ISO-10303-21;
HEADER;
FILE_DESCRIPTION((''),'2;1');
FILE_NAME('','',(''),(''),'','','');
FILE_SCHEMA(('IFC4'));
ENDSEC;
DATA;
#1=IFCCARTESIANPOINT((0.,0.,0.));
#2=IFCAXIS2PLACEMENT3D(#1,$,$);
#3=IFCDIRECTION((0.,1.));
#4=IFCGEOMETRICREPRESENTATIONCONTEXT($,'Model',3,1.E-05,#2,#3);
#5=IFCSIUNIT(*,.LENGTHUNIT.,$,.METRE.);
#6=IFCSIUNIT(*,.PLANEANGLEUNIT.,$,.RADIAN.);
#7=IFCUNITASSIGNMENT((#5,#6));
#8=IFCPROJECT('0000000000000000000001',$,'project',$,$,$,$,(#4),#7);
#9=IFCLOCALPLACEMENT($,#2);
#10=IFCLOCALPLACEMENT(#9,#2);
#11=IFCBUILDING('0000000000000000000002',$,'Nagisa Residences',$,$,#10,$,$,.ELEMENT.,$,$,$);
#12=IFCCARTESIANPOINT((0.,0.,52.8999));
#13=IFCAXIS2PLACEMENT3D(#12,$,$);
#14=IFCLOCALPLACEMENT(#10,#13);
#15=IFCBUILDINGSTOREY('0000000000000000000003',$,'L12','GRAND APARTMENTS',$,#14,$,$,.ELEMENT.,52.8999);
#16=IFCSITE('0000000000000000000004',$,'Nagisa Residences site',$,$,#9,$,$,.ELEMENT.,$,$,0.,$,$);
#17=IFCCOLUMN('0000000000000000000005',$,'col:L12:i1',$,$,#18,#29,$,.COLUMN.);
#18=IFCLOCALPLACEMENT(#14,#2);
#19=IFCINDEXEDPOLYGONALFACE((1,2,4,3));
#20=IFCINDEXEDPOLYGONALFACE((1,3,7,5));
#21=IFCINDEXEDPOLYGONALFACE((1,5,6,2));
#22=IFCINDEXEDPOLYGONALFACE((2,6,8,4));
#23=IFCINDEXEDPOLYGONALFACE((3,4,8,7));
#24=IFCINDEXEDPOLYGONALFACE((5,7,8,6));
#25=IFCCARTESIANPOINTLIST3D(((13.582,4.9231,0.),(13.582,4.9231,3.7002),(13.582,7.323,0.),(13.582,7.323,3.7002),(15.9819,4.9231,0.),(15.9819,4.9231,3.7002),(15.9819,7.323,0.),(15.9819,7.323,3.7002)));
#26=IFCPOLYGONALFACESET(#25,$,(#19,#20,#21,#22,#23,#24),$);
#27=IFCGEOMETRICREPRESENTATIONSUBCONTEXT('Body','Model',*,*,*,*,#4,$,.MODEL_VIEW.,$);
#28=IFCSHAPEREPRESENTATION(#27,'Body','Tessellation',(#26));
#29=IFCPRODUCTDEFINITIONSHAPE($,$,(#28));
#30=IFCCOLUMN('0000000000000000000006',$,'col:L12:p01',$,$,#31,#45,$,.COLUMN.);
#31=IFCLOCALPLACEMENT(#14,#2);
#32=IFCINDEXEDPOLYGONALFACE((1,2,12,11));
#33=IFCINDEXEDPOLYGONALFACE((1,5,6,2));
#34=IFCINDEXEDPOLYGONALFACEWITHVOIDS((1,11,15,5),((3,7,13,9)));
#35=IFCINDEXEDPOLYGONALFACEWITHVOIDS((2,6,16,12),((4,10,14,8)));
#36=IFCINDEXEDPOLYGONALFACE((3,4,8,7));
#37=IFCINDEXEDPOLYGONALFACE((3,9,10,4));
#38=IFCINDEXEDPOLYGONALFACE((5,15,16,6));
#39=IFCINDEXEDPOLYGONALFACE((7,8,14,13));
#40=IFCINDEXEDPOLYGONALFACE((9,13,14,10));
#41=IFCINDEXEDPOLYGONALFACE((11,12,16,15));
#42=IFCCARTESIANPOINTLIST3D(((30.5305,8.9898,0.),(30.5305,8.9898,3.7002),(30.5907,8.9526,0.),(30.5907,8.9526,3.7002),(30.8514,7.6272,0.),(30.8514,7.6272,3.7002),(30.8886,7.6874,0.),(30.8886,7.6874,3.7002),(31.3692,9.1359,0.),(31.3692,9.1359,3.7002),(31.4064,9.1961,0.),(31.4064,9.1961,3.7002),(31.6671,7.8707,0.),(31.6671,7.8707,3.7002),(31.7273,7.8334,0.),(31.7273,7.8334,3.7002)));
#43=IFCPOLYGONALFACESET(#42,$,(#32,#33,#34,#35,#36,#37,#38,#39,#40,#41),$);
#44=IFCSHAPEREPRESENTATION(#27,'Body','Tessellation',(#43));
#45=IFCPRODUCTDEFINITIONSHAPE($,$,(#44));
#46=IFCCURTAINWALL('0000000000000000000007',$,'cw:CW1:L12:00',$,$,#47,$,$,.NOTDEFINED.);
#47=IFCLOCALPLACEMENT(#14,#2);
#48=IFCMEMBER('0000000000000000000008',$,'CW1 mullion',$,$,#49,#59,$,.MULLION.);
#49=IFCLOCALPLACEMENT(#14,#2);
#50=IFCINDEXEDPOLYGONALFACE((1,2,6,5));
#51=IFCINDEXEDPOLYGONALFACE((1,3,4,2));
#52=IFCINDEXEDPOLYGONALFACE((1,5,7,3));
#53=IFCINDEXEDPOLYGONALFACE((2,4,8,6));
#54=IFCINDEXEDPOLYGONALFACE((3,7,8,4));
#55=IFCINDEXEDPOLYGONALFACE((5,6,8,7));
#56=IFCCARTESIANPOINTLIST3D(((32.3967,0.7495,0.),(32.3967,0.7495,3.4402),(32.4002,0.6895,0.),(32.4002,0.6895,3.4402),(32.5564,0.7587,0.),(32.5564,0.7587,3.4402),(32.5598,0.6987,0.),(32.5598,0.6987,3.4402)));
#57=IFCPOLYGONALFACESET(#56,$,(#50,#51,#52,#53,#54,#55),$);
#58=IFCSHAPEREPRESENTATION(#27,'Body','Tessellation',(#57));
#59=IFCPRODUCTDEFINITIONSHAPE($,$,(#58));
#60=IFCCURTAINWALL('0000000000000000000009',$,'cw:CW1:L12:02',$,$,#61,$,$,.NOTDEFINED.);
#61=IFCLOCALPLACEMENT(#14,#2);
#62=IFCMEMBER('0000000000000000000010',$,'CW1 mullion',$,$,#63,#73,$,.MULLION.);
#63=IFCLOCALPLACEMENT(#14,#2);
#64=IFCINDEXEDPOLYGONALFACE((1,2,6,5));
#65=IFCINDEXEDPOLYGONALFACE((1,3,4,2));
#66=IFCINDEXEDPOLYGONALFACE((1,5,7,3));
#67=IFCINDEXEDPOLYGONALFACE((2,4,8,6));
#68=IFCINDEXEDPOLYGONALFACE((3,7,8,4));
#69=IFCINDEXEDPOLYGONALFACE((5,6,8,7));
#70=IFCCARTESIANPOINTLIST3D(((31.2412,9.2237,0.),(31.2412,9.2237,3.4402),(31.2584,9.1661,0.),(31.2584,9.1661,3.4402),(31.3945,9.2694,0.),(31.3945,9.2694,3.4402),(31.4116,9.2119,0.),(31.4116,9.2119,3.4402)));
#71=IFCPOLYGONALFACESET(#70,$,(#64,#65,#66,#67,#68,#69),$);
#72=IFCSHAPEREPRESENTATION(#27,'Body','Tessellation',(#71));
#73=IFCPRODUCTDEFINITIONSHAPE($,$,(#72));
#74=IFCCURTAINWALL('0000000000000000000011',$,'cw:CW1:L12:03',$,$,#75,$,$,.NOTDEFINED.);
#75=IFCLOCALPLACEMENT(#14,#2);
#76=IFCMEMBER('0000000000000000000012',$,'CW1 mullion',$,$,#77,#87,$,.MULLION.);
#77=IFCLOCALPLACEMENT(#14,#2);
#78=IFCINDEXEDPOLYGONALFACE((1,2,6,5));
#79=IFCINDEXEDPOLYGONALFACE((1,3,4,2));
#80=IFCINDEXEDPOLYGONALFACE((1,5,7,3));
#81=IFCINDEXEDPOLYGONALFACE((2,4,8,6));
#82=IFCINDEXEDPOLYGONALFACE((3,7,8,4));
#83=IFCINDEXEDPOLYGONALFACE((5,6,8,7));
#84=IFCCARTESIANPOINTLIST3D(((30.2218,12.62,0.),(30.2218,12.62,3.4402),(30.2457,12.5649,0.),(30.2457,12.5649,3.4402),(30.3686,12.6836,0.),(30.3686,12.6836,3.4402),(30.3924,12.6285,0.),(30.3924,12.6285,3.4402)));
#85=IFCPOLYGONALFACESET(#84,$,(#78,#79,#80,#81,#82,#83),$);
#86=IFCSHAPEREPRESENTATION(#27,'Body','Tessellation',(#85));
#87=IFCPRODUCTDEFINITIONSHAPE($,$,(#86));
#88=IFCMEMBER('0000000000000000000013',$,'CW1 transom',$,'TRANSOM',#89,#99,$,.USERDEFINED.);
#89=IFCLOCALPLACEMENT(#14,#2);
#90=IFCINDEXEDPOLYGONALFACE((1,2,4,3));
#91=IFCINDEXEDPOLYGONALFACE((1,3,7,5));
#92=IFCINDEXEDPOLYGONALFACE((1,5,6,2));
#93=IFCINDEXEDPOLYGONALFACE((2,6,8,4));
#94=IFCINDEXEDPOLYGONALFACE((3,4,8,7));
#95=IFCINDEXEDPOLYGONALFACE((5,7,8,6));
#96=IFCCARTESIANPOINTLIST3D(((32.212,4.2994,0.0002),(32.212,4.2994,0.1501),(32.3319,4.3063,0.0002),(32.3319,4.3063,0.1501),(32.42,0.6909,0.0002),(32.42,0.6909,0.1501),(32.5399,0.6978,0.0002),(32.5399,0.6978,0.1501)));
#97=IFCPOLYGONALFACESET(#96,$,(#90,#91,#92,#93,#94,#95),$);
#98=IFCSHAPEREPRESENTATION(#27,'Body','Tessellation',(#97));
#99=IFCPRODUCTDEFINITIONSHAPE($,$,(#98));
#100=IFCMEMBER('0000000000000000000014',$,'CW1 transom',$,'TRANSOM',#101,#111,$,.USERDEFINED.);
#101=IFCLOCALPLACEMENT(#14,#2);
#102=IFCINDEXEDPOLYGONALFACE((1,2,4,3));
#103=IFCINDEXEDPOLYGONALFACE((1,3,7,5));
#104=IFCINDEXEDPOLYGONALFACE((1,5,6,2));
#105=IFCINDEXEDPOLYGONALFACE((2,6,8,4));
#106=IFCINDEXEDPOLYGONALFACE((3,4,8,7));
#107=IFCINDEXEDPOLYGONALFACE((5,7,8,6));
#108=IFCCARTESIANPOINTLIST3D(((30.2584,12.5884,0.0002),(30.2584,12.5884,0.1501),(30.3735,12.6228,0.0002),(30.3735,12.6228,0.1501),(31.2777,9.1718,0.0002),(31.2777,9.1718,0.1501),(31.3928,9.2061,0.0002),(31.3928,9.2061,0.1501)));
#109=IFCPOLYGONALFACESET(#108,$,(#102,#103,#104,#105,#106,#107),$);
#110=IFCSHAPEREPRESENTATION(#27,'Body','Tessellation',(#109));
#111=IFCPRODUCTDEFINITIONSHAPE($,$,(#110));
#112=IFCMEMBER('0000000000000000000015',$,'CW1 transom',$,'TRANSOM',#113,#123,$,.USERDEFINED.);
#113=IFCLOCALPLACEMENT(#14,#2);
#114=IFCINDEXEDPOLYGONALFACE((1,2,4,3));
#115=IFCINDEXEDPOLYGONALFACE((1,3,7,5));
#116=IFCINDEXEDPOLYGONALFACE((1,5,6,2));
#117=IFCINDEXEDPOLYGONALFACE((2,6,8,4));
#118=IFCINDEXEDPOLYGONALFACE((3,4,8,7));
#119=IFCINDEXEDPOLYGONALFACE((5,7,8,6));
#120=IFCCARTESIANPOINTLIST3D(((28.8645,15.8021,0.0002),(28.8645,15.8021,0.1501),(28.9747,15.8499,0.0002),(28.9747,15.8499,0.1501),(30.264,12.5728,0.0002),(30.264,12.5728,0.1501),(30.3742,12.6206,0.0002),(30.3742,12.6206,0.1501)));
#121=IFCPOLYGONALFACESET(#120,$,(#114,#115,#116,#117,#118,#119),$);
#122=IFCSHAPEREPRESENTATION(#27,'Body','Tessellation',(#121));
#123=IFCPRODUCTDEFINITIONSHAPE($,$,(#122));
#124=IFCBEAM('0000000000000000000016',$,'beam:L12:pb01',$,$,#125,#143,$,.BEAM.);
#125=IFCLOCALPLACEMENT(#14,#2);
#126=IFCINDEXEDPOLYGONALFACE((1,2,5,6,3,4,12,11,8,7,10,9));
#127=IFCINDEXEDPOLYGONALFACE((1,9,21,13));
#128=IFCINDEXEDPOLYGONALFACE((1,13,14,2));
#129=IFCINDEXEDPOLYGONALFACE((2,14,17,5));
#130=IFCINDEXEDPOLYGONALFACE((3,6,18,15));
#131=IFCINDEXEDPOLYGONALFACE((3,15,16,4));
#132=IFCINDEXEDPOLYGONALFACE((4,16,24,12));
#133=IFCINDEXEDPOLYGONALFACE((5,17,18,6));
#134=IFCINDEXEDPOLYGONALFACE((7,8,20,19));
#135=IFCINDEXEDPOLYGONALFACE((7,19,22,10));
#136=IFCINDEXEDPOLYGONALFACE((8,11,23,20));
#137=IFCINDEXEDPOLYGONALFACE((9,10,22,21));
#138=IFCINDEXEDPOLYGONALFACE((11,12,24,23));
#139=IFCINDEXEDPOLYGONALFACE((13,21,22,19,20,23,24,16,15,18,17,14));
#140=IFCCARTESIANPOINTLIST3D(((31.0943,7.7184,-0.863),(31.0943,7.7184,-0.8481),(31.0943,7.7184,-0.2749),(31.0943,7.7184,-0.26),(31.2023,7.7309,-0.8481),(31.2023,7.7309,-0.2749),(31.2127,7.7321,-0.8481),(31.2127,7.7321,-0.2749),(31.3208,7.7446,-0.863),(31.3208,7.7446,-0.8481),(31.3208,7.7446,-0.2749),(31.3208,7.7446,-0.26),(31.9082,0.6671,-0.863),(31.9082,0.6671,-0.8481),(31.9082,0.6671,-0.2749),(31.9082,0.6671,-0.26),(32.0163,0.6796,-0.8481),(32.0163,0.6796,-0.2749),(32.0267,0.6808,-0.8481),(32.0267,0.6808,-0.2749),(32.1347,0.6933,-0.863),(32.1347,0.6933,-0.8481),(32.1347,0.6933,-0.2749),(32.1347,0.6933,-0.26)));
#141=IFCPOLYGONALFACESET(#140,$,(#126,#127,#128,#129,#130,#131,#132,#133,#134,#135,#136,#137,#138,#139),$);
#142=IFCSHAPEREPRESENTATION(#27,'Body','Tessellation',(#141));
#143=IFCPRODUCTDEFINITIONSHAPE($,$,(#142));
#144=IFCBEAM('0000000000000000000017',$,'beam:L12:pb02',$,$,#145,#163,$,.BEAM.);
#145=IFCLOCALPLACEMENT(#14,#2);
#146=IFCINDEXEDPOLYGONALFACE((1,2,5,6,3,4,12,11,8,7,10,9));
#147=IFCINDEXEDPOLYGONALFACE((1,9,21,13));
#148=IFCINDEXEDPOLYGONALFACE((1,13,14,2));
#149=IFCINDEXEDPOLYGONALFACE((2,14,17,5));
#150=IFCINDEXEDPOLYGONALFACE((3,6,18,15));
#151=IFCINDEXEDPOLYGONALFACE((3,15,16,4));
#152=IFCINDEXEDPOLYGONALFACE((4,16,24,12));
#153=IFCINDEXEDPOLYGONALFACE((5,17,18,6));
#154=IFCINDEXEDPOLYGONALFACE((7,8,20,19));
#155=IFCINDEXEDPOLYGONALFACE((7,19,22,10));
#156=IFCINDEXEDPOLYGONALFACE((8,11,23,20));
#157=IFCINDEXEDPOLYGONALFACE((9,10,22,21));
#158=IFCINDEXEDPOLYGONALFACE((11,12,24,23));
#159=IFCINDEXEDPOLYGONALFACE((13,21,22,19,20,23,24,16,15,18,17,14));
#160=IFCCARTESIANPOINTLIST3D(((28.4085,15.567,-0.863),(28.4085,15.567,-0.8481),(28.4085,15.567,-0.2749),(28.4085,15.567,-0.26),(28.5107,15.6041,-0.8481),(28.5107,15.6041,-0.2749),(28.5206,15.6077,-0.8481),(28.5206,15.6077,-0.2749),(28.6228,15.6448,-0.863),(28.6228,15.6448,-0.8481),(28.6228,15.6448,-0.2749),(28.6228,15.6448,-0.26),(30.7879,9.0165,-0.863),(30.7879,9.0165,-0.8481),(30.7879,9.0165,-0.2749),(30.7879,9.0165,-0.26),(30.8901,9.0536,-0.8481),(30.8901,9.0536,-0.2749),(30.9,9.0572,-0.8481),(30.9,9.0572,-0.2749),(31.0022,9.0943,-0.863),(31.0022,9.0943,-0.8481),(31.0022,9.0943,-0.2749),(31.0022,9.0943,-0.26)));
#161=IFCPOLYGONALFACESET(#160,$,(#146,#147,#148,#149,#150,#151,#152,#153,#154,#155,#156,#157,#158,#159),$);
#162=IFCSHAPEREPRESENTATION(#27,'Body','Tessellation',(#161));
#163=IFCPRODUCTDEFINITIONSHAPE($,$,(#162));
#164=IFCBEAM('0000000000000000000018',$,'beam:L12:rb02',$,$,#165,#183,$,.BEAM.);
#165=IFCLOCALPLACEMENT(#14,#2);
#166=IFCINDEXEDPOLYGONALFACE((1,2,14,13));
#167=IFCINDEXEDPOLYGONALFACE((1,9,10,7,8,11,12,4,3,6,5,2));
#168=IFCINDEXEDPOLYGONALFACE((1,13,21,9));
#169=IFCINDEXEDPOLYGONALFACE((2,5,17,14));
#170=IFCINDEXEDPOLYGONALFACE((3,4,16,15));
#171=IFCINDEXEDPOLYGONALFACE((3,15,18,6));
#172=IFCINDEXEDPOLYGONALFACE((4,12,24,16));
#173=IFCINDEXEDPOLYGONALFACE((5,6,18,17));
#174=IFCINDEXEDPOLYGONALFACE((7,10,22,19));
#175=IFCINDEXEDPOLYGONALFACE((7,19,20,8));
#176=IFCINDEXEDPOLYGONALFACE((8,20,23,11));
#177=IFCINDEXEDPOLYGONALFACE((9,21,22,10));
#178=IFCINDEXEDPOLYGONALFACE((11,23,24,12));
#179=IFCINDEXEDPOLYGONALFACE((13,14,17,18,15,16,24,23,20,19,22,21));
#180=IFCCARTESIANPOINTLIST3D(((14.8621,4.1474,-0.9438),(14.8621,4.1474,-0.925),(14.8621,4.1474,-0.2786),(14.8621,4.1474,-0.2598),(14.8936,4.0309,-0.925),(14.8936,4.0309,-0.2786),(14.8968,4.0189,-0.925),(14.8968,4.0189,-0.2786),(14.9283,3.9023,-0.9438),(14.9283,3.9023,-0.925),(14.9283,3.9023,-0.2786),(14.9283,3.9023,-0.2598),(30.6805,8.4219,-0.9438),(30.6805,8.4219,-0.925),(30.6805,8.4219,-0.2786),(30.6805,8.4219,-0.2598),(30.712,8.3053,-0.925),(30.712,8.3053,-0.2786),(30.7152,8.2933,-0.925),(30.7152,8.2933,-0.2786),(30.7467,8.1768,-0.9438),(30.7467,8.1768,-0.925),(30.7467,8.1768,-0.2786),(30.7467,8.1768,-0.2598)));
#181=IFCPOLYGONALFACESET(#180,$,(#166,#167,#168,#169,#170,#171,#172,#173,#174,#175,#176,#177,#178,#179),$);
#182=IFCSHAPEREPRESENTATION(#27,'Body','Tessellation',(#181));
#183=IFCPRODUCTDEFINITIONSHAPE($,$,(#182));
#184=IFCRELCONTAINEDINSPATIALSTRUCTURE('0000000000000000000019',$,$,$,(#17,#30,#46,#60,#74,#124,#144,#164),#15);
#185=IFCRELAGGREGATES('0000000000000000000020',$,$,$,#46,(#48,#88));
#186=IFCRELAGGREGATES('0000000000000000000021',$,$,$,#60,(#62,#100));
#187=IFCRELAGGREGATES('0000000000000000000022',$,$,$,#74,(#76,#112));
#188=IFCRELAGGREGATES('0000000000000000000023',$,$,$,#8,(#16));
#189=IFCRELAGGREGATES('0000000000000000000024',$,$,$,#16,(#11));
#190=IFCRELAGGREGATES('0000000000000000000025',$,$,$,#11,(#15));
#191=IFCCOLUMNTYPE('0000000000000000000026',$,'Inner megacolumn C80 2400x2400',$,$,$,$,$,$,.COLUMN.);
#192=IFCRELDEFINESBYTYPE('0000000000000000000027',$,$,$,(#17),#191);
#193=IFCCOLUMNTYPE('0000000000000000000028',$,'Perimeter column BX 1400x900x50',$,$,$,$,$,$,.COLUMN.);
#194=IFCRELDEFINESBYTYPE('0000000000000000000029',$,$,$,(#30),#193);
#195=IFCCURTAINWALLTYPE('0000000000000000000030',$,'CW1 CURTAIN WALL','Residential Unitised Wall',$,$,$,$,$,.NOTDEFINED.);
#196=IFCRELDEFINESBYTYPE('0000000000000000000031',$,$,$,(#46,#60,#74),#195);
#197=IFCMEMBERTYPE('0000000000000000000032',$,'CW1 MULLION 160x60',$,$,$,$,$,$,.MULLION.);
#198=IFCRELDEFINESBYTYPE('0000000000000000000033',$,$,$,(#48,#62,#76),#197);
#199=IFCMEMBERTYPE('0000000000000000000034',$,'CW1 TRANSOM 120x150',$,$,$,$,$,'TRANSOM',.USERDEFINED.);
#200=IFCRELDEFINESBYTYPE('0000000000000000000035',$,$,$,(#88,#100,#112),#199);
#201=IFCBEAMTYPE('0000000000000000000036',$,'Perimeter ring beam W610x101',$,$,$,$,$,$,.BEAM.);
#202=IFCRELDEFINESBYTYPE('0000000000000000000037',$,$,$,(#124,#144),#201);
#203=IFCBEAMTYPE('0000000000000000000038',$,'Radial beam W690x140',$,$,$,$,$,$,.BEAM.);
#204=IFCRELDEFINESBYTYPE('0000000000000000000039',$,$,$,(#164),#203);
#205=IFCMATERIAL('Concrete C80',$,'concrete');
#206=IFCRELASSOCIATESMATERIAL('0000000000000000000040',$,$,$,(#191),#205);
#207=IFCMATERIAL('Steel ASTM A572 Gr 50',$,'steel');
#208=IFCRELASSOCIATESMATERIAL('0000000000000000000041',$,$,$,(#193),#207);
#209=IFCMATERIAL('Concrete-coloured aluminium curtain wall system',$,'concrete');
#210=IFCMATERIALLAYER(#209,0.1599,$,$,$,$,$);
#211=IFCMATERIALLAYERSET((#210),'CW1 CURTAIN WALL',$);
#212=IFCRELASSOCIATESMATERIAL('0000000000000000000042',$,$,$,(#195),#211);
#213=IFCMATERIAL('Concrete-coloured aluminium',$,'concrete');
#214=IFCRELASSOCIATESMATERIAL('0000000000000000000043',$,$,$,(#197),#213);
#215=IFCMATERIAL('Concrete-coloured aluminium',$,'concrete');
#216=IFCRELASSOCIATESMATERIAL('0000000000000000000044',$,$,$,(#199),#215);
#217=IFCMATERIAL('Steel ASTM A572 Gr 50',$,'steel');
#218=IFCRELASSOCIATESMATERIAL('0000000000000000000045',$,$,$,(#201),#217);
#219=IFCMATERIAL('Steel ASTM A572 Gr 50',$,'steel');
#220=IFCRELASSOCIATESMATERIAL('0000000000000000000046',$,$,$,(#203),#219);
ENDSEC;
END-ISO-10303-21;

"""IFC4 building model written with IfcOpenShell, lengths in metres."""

from ifc_helpers import new_model, si_unit, direction, frame, origin, origin_2d, place, context, subcontext, project, spatial, rectangle, hollow_rectangle, i_section, extrude, material, layer, layer_set, material_profile, profile_set, type_object, element, aggregate, save


model = new_model("IFC4")

# Units and contexts
model_context = context("Model", 3, precision=1e-05, world=origin(), true_north=direction((0.0, 1.0)))
body_context = subcontext(model_context, "Body", "Model", "MODEL_VIEW")
ifc_project = project(units=[si_unit("LENGTHUNIT", "METRE"), si_unit("PLANEANGLEUNIT", "RADIAN")], contexts=[model_context])

# Site, building, storey
site_placement = place(None, origin())
site = spatial("IfcSite", under=ifc_project, at=site_placement, Name="Nagisa Residences site", CompositionType="ELEMENT", RefElevation=0.0)
building_placement = place(site_placement, origin())
building = spatial("IfcBuilding", under=site, at=building_placement, Name="Nagisa Residences", CompositionType="ELEMENT")
storey_placement = place(building_placement, frame((0.0, 0.0, 52.8999)))
storey = spatial("IfcBuildingStorey", under=building, at=storey_placement, Name="L12", Description="GRAND APARTMENTS", CompositionType="ELEMENT", Elevation=52.8999)

# Columns
ifc_material_1 = material(Name="Concrete C80", Category="concrete")
ifc_material_profile_1 = material_profile(ifc_material_1, rectangle(XDim=2.3999, YDim=2.3999, at=origin_2d()), Name="C80 2400x2400")
ifc_profile_set_1 = profile_set([ifc_material_profile_1], Name="Concrete C80")
column_type_1 = type_object("IfcColumnType", Name="Inner megacolumn C80 2400x2400", PredefinedType="COLUMN", material=ifc_profile_set_1)
column_1_placement = place(storey_placement, frame((14.782, 6.123, 0.0), z_axis=(0.0, 0.0, 1.0), x_axis=(1.0, 0.0, 0.0)))
element("IfcColumn", 1, at=column_1_placement, inside=storey, type_object=column_type_1, Name="col:L12:i1", PredefinedType="COLUMN", context=body_context, shape_type="SweptSolid", body=[
    extrude(rectangle(XDim=2.3999, YDim=2.3999, at=origin_2d()), origin(), (0.0, 0.0, 1.0), 3.7002),
])
ifc_material_2 = material(Name="Steel ASTM A572 Gr 50", Category="steel")
ifc_material_profile_2 = material_profile(ifc_material_2, hollow_rectangle(XDim=1.3999, YDim=0.8999, WallThickness=0.05, at=origin_2d()), Name="BX 1400x900x50")
ifc_profile_set_2 = profile_set([ifc_material_profile_2], Name="Steel ASTM A572 Gr 50")
column_type_2 = type_object("IfcColumnType", Name="Perimeter column BX 1400x900x50", PredefinedType="COLUMN", material=ifc_profile_set_2)
column_2_placement = place(storey_placement, frame((31.1289, 8.4116, 0.0), z_axis=(0.0, 0.0, 1.0), x_axis=(-0.229202, 0.973379, 0.0)))
element("IfcColumn", 2, at=column_2_placement, inside=storey, type_object=column_type_2, Name="col:L12:p01", PredefinedType="COLUMN", context=body_context, shape_type="SweptSolid", body=[
    extrude(hollow_rectangle(XDim=1.3999, YDim=0.8999, WallThickness=0.05, at=origin_2d()), origin(), (0.0, 0.0, 1.0), 3.7002),
])

# Curtain walls, members
ifc_material_3 = material(Name="Concrete-coloured aluminium curtain wall system", Category="concrete")
ifc_layer_1 = layer(ifc_material_3, 0.1599)
ifc_layer_set_1 = layer_set([ifc_layer_1], Name="CW1 CURTAIN WALL")
curtain_wall_type = type_object("IfcCurtainWallType", Name="CW1 CURTAIN WALL", Description="Residential Unitised Wall", PredefinedType="NOTDEFINED", material=ifc_layer_set_1)
curtain_wall_1_placement = place(storey_placement, origin())
curtain_wall_1 = element("IfcCurtainWall", 3, at=curtain_wall_1_placement, inside=storey, type_object=curtain_wall_type, Name="cw:CW1:L12:00", PredefinedType="NOTDEFINED")
ifc_material_4 = material(Name="Concrete-coloured aluminium", Category="concrete")
ifc_material_profile_3 = material_profile(ifc_material_4, rectangle(XDim=0.1599, YDim=0.0601, at=origin_2d()), Name="CW1 MULLION 160x60")
ifc_profile_set_3 = profile_set([ifc_material_profile_3], Name="Concrete-coloured aluminium")
member_type_1 = type_object("IfcMemberType", Name="CW1 MULLION 160x60", PredefinedType="MULLION", material=ifc_profile_set_3)
member_1_placement = place(storey_placement, frame((32.4783, 0.7241, 0.0), z_axis=(0.0, 0.0, 1.0), x_axis=(-0.998345, -0.057503, 0.0)))
member_1 = element("IfcMember", 4, at=member_1_placement, type_object=member_type_1, Name="CW1 mullion", PredefinedType="MULLION", context=body_context, shape_type="SweptSolid", body=[
    extrude(rectangle(XDim=0.1599, YDim=0.0601, at=origin_2d()), origin(), (0.0, 0.0, 1.0), 3.4402),
])
curtain_wall_2_placement = place(storey_placement, origin())
curtain_wall_2 = element("IfcCurtainWall", 5, at=curtain_wall_2_placement, inside=storey, type_object=curtain_wall_type, Name="cw:CW1:L12:02", PredefinedType="NOTDEFINED")
member_2_placement = place(storey_placement, frame((31.3264, 9.2178, 0.0), z_axis=(0.0, 0.0, 1.0), x_axis=(-0.958271, -0.28586, 0.0)))
member_2 = element("IfcMember", 6, at=member_2_placement, type_object=member_type_1, Name="CW1 mullion", PredefinedType="MULLION", context=body_context, shape_type="SweptSolid", body=[
    extrude(rectangle(XDim=0.1599, YDim=0.0601, at=origin_2d()), origin(), (0.0, 0.0, 1.0), 3.4402),
])
curtain_wall_3_placement = place(storey_placement, origin())
curtain_wall_3 = element("IfcCurtainWall", 7, at=curtain_wall_3_placement, inside=storey, type_object=curtain_wall_type, Name="cw:CW1:L12:03", PredefinedType="NOTDEFINED")
member_3_placement = place(storey_placement, frame((30.3071, 12.6243, 0.0), z_axis=(0.0, 0.0, 1.0), x_axis=(-0.917543, -0.397636, 0.0)))
member_3 = element("IfcMember", 8, at=member_3_placement, type_object=member_type_1, Name="CW1 mullion", PredefinedType="MULLION", context=body_context, shape_type="SweptSolid", body=[
    extrude(rectangle(XDim=0.1599, YDim=0.0601, at=origin_2d()), origin(), (0.0, 0.0, 1.0), 3.4402),
])

# Members
ifc_material_5 = material(Name="Concrete-coloured aluminium", Category="concrete")
ifc_material_profile_4 = material_profile(ifc_material_5, rectangle(XDim=0.1201, YDim=0.1499, at=origin_2d()), Name="CW1 TRANSOM 120x150")
ifc_profile_set_4 = profile_set([ifc_material_profile_4], Name="Concrete-coloured aluminium")
member_type_2 = type_object("IfcMemberType", Name="CW1 TRANSOM 120x150", ElementType="TRANSOM", PredefinedType="USERDEFINED", material=ifc_profile_set_4)
member_4_placement = place(storey_placement, frame((32.48, 0.6943, 0.0752), z_axis=(-0.05755, 0.998343, 0.0), x_axis=(-0.998343, -0.05755, 0.0)))
member_4 = element("IfcMember", 9, at=member_4_placement, type_object=member_type_2, Name="CW1 transom", ObjectType="TRANSOM", PredefinedType="USERDEFINED", context=body_context, shape_type="SweptSolid", body=[
    extrude(rectangle(XDim=0.1201, YDim=0.1499, at=origin_2d()), origin(), (0.0, 0.0, 1.0), 3.6145),
])
member_5_placement = place(storey_placement, frame((31.3352, 9.189, 0.0752), z_axis=(-0.285871, 0.958268, 0.0), x_axis=(-0.958268, -0.285871, 0.0)))
member_5 = element("IfcMember", 10, at=member_5_placement, type_object=member_type_2, Name="CW1 transom", ObjectType="TRANSOM", PredefinedType="USERDEFINED", context=body_context, shape_type="SweptSolid", body=[
    extrude(rectangle(XDim=0.1201, YDim=0.1499, at=origin_2d()), origin(), (0.0, 0.0, 1.0), 3.5654),
])
member_6_placement = place(storey_placement, frame((30.3191, 12.5967, 0.0752), z_axis=(-0.397625, 0.917548, 0.0), x_axis=(-0.917548, -0.397625, 0.0)))
member_6 = element("IfcMember", 11, at=member_6_placement, type_object=member_type_2, Name="CW1 transom", ObjectType="TRANSOM", PredefinedType="USERDEFINED", context=body_context, shape_type="SweptSolid", body=[
    extrude(rectangle(XDim=0.1201, YDim=0.1499, at=origin_2d()), origin(), (0.0, 0.0, 1.0), 3.5195),
])

# Beams
ifc_material_6 = material(Name="Steel ASTM A572 Gr 50", Category="steel")
ifc_material_profile_5 = material_profile(ifc_material_6, i_section(OverallWidth=0.228, OverallDepth=0.603, WebThickness=0.0105, FlangeThickness=0.0149, at=origin_2d()), Name="W610x101")
ifc_profile_set_5 = profile_set([ifc_material_profile_5], Name="Steel ASTM A572 Gr 50")
beam_type_1 = type_object("IfcBeamType", Name="Perimeter ring beam W610x101", PredefinedType="BEAM", material=ifc_profile_set_5)
beam_1_placement = place(storey_placement, frame((32.0215, 0.6802, -0.5615), z_axis=(-0.114674, 0.993403, 0.0), x_axis=(-0.993403, -0.114674, 0.0)))
element("IfcBeam", 12, at=beam_1_placement, inside=storey, type_object=beam_type_1, Name="beam:L12:pb01", PredefinedType="BEAM", context=body_context, shape_type="SweptSolid", body=[
    extrude(i_section(OverallWidth=0.228, OverallDepth=0.603, WebThickness=0.0105, FlangeThickness=0.0149, at=origin_2d()), origin(), (0.0, 0.0, 1.0), 7.0981),
])
beam_2_placement = place(storey_placement, frame((30.895, 9.0554, -0.5615), z_axis=(-0.341411, 0.939914, 0.0), x_axis=(-0.939914, -0.341411, 0.0)))
element("IfcBeam", 13, at=beam_2_placement, inside=storey, type_object=beam_type_1, Name="beam:L12:pb02", PredefinedType="BEAM", context=body_context, shape_type="SweptSolid", body=[
    extrude(i_section(OverallWidth=0.228, OverallDepth=0.603, WebThickness=0.0105, FlangeThickness=0.0149, at=origin_2d()), origin(), (0.0, 0.0, 1.0), 6.9692),
])
ifc_material_7 = material(Name="Steel ASTM A572 Gr 50", Category="steel")
ifc_material_profile_6 = material_profile(ifc_material_7, i_section(OverallWidth=0.2539, OverallDepth=0.6841, WebThickness=0.0125, FlangeThickness=0.0188, at=origin_2d()), Name="W690x140")
ifc_profile_set_6 = profile_set([ifc_material_profile_6], Name="Steel ASTM A572 Gr 50")
beam_type_2 = type_object("IfcBeamType", Name="Radial beam W690x140", PredefinedType="BEAM", material=ifc_profile_set_6)
beam_3_placement = place(storey_placement, frame((30.7136, 8.2993, -0.6018), z_axis=(-0.965376, -0.260862, 0.0), x_axis=(0.260862, -0.965376, 0.0)))
element("IfcBeam", 14, at=beam_3_placement, inside=storey, type_object=beam_type_2, Name="beam:L12:rb02", PredefinedType="BEAM", context=body_context, shape_type="SweptSolid", body=[
    extrude(i_section(OverallWidth=0.2539, OverallDepth=0.6841, WebThickness=0.0125, FlangeThickness=0.0188, at=origin_2d()), origin(), (0.0, 0.0, 1.0), 16.3857),
])

aggregate(curtain_wall_1, [member_1, member_4])
aggregate(curtain_wall_2, [member_2, member_5])
aggregate(curtain_wall_3, [member_3, member_6])

save(model, "model.ifc")
